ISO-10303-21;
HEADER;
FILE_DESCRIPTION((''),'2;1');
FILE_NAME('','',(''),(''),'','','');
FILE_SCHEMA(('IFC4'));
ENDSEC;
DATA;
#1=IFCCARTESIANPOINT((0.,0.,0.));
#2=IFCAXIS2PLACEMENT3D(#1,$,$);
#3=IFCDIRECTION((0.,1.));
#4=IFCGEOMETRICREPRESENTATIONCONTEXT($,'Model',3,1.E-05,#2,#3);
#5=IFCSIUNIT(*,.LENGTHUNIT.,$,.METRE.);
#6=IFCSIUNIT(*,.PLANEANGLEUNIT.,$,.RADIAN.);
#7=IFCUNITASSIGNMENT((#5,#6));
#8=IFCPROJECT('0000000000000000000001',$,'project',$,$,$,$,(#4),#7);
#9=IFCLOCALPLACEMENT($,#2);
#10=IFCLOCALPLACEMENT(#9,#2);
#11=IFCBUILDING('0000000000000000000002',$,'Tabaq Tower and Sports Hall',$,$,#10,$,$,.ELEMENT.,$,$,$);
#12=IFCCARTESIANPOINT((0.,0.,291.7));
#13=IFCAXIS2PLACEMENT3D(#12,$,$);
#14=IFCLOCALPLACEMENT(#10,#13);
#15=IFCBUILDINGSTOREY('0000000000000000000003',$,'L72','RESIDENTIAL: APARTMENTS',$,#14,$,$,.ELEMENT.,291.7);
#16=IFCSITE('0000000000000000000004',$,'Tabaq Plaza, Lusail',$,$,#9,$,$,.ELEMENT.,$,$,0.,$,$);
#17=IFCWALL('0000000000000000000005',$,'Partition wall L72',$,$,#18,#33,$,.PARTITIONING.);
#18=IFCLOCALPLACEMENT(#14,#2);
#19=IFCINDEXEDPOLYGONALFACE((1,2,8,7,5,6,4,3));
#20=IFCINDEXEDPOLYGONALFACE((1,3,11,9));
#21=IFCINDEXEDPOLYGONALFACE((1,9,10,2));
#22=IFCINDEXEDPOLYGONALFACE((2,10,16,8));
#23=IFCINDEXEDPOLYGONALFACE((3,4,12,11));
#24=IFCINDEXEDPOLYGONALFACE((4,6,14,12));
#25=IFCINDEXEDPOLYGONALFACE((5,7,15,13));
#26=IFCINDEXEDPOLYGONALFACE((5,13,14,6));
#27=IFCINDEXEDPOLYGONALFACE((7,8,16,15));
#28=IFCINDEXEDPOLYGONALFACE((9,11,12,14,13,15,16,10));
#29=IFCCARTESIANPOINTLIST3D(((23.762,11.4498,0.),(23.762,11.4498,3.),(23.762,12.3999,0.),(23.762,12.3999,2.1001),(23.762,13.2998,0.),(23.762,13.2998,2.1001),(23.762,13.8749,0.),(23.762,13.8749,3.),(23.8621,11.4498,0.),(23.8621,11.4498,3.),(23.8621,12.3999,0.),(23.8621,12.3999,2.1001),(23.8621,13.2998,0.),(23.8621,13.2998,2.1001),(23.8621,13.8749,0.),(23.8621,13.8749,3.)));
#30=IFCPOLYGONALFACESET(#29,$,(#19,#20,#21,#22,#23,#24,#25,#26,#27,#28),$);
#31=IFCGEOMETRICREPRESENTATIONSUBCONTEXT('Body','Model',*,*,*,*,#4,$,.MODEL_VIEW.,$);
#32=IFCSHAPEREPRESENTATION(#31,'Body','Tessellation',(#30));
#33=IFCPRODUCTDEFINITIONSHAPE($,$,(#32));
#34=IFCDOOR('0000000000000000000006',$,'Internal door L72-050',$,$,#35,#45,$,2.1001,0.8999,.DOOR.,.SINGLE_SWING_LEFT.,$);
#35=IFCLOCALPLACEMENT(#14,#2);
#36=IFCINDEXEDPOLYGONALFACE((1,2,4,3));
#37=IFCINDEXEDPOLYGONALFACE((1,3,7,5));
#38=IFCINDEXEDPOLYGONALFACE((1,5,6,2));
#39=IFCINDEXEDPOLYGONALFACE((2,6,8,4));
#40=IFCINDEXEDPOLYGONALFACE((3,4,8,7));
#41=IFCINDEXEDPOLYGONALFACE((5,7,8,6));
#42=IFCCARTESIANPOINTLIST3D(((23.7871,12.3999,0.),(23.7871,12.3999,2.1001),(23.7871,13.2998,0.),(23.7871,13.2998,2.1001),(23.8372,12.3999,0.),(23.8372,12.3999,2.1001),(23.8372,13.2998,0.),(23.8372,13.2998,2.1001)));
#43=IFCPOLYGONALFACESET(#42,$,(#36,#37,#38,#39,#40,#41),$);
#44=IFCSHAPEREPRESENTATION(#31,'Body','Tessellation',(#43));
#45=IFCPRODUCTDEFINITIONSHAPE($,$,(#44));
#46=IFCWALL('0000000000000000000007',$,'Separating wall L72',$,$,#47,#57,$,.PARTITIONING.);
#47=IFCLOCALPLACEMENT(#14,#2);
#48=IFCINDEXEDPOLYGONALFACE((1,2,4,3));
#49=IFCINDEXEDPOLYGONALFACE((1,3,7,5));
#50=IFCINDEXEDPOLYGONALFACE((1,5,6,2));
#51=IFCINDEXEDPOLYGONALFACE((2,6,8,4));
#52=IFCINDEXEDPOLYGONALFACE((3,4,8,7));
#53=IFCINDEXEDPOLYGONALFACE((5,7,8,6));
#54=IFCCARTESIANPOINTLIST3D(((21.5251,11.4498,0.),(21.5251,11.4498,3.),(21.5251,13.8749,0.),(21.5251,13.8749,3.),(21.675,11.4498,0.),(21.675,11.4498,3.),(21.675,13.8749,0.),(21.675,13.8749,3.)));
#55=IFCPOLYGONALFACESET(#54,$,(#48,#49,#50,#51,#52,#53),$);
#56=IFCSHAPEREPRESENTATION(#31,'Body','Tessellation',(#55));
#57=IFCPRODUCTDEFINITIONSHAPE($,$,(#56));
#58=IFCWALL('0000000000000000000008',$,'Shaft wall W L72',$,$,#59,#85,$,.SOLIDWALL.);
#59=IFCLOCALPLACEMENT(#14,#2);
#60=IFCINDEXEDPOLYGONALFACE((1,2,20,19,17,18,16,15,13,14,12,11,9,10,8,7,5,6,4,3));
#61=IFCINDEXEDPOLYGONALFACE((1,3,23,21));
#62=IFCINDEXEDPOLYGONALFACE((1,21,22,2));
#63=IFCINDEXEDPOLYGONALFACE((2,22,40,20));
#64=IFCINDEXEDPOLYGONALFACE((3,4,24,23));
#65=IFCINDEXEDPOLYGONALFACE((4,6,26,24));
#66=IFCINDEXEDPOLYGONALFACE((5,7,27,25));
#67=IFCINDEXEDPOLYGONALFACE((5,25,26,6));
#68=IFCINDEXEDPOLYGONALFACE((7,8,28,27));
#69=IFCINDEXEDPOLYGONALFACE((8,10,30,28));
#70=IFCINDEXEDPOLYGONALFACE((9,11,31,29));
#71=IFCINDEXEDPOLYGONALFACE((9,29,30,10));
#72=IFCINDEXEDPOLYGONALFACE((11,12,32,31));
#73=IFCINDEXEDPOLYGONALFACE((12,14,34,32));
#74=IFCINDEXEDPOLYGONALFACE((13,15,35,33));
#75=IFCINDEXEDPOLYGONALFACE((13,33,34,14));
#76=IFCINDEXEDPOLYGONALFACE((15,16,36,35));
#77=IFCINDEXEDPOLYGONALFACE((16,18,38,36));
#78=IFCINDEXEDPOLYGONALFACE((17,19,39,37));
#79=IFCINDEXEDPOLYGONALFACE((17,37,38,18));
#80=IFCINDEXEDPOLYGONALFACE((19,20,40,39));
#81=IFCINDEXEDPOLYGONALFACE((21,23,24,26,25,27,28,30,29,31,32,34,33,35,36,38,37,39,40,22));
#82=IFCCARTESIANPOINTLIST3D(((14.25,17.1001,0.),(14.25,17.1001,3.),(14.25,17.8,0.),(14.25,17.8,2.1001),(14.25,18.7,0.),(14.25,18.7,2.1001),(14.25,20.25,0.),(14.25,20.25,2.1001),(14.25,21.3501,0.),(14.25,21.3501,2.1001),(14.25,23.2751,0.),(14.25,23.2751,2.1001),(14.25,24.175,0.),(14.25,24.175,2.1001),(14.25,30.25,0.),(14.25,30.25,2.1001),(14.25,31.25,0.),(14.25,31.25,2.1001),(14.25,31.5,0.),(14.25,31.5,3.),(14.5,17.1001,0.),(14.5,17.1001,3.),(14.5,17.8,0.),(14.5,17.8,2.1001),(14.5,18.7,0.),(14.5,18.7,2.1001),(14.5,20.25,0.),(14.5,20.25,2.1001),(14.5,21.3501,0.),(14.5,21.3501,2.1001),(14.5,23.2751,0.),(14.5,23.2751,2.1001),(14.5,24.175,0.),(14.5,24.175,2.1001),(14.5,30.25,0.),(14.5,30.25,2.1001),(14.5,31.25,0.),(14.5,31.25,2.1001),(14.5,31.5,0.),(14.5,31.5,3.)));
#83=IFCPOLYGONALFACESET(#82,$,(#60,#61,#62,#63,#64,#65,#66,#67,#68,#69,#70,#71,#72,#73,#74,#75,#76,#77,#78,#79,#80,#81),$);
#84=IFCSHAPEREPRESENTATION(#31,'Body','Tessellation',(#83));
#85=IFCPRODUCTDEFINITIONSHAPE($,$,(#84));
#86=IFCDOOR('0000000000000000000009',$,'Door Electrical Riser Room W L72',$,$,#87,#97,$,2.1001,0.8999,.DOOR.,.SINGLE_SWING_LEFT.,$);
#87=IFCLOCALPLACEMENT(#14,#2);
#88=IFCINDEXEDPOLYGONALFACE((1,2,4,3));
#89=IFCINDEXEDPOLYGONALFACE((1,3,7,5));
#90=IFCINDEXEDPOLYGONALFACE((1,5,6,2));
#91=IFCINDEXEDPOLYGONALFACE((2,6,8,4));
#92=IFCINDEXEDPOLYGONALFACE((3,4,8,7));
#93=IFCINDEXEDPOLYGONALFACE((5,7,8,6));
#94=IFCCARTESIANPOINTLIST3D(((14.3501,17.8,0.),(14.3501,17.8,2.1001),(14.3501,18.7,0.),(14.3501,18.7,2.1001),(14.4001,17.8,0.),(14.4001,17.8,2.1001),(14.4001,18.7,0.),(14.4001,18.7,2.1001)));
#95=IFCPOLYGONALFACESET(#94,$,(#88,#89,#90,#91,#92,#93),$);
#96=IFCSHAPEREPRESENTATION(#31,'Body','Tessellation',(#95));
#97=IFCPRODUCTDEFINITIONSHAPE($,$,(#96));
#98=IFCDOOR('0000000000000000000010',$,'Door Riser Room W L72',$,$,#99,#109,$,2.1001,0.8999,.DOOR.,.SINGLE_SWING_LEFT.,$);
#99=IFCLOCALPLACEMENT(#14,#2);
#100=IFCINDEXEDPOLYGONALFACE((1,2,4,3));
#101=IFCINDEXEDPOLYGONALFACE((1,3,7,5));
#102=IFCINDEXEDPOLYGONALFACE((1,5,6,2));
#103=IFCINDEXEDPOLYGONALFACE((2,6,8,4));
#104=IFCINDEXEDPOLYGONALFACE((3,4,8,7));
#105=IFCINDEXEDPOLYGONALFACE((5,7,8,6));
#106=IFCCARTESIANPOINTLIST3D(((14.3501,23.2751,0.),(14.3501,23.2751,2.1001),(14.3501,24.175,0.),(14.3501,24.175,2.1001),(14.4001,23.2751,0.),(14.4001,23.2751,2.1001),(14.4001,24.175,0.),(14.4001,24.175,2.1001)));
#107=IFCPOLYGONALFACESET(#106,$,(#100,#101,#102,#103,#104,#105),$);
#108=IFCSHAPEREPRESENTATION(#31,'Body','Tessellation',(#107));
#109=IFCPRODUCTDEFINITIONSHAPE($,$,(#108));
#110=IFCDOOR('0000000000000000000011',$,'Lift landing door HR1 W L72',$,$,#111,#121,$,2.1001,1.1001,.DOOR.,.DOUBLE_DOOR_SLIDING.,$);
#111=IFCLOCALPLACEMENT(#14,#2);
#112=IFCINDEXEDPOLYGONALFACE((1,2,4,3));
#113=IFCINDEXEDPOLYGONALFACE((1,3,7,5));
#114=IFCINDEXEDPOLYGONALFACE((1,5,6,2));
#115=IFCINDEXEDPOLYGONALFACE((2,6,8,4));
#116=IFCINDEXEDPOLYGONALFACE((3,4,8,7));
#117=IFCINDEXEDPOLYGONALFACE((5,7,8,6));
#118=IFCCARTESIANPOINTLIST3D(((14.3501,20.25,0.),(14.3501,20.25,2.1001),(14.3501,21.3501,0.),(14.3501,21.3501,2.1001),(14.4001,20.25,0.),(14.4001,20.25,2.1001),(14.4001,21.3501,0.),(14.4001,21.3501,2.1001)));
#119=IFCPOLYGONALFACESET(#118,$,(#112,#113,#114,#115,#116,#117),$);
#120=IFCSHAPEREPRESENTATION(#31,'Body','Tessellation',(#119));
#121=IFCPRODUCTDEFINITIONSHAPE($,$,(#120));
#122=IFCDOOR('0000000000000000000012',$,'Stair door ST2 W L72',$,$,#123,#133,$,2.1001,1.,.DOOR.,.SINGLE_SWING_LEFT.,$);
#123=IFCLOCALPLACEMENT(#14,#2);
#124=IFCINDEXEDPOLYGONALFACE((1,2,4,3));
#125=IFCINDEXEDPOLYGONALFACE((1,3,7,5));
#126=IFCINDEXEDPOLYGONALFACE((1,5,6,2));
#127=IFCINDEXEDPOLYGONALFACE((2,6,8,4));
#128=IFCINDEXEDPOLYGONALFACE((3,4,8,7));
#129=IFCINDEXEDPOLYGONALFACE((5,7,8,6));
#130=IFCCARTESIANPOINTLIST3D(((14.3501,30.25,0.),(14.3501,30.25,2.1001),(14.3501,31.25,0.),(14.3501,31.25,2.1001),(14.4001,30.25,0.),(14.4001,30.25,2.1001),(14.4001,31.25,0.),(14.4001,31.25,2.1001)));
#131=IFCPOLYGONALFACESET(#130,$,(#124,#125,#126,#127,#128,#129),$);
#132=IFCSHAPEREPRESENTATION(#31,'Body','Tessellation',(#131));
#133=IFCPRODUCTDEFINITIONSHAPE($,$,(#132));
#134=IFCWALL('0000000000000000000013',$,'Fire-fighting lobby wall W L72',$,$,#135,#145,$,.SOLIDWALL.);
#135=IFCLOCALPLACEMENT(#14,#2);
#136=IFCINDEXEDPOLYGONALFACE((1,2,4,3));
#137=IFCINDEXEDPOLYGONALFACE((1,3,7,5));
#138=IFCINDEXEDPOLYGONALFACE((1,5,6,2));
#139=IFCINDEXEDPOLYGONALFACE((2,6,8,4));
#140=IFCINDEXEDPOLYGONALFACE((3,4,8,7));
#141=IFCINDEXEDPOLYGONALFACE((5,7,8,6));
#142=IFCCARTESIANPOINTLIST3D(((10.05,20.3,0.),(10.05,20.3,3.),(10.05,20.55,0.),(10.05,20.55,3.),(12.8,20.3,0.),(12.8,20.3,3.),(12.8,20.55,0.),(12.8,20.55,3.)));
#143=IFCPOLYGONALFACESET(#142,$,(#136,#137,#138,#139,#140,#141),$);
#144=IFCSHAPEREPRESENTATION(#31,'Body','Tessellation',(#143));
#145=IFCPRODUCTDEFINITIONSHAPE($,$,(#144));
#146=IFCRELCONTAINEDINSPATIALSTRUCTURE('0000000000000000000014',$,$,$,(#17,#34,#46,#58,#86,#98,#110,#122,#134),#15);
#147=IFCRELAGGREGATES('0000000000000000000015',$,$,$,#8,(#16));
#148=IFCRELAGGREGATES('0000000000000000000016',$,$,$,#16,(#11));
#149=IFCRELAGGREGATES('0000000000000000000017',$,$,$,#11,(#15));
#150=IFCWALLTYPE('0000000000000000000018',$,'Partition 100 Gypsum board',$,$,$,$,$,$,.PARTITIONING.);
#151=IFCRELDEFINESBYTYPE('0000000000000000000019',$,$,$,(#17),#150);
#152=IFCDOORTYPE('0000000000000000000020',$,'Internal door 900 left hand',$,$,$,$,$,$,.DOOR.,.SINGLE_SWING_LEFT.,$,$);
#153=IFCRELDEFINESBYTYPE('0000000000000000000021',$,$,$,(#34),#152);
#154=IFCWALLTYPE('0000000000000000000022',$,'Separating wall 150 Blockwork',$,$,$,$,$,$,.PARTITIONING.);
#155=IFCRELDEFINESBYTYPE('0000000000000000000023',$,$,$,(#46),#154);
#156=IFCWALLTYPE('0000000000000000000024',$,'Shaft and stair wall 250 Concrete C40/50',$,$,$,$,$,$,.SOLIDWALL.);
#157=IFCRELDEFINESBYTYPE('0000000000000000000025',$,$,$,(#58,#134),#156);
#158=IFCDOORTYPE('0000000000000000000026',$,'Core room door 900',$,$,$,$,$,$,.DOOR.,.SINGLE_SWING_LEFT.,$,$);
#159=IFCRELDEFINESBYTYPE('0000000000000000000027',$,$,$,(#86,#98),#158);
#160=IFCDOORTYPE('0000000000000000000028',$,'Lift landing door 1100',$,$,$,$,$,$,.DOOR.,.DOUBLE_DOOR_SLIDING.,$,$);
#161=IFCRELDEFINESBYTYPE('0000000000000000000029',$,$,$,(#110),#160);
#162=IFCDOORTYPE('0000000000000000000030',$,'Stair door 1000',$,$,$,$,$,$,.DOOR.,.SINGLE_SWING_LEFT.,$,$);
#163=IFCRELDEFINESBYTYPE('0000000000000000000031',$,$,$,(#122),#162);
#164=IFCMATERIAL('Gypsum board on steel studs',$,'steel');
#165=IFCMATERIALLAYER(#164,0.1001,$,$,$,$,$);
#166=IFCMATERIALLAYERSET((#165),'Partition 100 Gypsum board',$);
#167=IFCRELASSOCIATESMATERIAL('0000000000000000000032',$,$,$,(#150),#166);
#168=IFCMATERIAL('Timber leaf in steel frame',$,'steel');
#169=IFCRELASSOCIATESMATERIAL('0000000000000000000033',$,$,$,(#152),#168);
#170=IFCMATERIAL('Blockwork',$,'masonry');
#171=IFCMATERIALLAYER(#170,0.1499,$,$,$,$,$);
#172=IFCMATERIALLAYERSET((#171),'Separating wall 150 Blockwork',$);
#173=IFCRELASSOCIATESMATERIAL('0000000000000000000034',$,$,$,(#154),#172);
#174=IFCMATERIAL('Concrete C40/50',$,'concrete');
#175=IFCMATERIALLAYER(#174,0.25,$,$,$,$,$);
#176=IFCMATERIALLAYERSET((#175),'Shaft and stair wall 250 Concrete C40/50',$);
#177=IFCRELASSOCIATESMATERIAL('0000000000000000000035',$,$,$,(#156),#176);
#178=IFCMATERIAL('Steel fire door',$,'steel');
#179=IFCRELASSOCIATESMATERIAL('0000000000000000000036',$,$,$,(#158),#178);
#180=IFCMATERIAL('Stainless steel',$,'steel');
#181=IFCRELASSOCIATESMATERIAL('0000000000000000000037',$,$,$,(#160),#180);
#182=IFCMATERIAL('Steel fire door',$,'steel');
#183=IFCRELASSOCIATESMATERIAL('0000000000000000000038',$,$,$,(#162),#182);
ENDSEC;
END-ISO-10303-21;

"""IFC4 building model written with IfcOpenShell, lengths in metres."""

from ifc_helpers import new_model, si_unit, direction, frame, frame_2d, origin, place, context, subcontext, project, spatial, rectangle, extrude, material, layer, layer_set, type_object, element, fill, save


model = new_model("IFC4")

# Units and contexts
model_context = context("Model", 3, precision=1e-05, world=origin(), true_north=direction((0.0, 1.0)))
body_context = subcontext(model_context, "Body", "Model", "MODEL_VIEW")
ifc_project = project(units=[si_unit("LENGTHUNIT", "METRE"), si_unit("PLANEANGLEUNIT", "RADIAN")], contexts=[model_context])

# Site, building, storey
site_placement = place(None, origin())
site = spatial("IfcSite", under=ifc_project, at=site_placement, Name="Tabaq Plaza, Lusail", CompositionType="ELEMENT", RefElevation=0.0)
building_placement = place(site_placement, origin())
building = spatial("IfcBuilding", under=site, at=building_placement, Name="Tabaq Tower and Sports Hall", CompositionType="ELEMENT")
storey_placement = place(building_placement, frame((0.0, 0.0, 291.7)))
storey = spatial("IfcBuildingStorey", under=building, at=storey_placement, Name="L72", Description="RESIDENTIAL: APARTMENTS", CompositionType="ELEMENT", Elevation=291.7)

# Shared definitions
ifc_material_1 = material(Name="Gypsum board on steel studs", Category="steel")
ifc_layer_1 = layer(ifc_material_1, 0.1001)
ifc_layer_set_1 = layer_set([ifc_layer_1], Name="Partition 100 Gypsum board")
wall_type_1 = type_object("IfcWallType", Name="Partition 100 Gypsum board", PredefinedType="PARTITIONING", material=ifc_layer_set_1)

# Wall, opening, door
wall_1_placement = place(storey_placement, frame((23.812, 11.45, 0.0), z_axis=(0.0, 0.0, 1.0), x_axis=(0.0, 1.0, 0.0)))
wall_1 = element("IfcWall", 1, at=wall_1_placement, inside=storey, type_object=wall_type_1, Name="Partition wall L72", PredefinedType="PARTITIONING", context=body_context, shape_type="SweptSolid", body=[
    extrude(rectangle(XDim=2.425, YDim=0.1001, at=frame_2d((1.2124, 0.0))), origin(), (0.0, 0.0, 1.0), 3.0),
])
opening_1_placement = place(wall_1_placement, frame((0.95, 0.0, 0.0)))
opening_1 = element("IfcOpeningElement", 2, at=opening_1_placement, cuts=wall_1, PredefinedType="OPENING", context=body_context, shape_type="SweptSolid", body=[
    extrude(rectangle(XDim=0.8999, YDim=2.1001, at=frame_2d((0.45, 1.05))), frame((0.0, 0.05, 0.0), z_axis=(0.0, -1.0, 0.0), x_axis=(1.0, 0.0, 0.0)), (0.0, 0.0, 1.0), 0.1001),
])
ifc_material_2 = material(Name="Timber leaf in steel frame", Category="steel")
door_type_1 = type_object("IfcDoorType", Name="Internal door 900 left hand", OperationType="SINGLE_SWING_LEFT", PredefinedType="DOOR", material=ifc_material_2)
door_1_placement = place(opening_1_placement, origin())
door_1 = element("IfcDoor", 3, at=door_1_placement, inside=storey, type_object=door_type_1, Name="Internal door L72-050", OperationType="SINGLE_SWING_LEFT", OverallHeight=2.1001, OverallWidth=0.8999, PredefinedType="DOOR", context=body_context, shape_type="SweptSolid", body=[
    extrude(rectangle(XDim=0.8999, YDim=2.1001, at=frame_2d((0.45, 1.05))), frame((0.0, 0.0249, 0.0), z_axis=(0.0, -1.0, 0.0), x_axis=(1.0, 0.0, 0.0)), (0.0, 0.0, 1.0), 0.05),
])
fill(opening_1, door_1)

# Wall
ifc_material_3 = material(Name="Blockwork", Category="masonry")
ifc_layer_2 = layer(ifc_material_3, 0.1499)
ifc_layer_set_2 = layer_set([ifc_layer_2], Name="Separating wall 150 Blockwork")
wall_type_2 = type_object("IfcWallType", Name="Separating wall 150 Blockwork", PredefinedType="PARTITIONING", material=ifc_layer_set_2)
wall_2_placement = place(storey_placement, frame((21.6001, 11.45, 0.0), z_axis=(0.0, 0.0, 1.0), x_axis=(0.0, 1.0, 0.0)))
element("IfcWall", 4, at=wall_2_placement, inside=storey, type_object=wall_type_2, Name="Separating wall L72", PredefinedType="PARTITIONING", context=body_context, shape_type="SweptSolid", body=[
    extrude(rectangle(XDim=2.425, YDim=0.1499, at=frame_2d((1.2124, 0.0))), origin(), (0.0, 0.0, 1.0), 3.0),
])

# Wall, openings, doors
ifc_material_4 = material(Name="Concrete C40/50", Category="concrete")
ifc_layer_3 = layer(ifc_material_4, 0.25)
ifc_layer_set_3 = layer_set([ifc_layer_3], Name="Shaft and stair wall 250 Concrete C40/50")
wall_type_3 = type_object("IfcWallType", Name="Shaft and stair wall 250 Concrete C40/50", PredefinedType="SOLIDWALL", material=ifc_layer_set_3)
wall_3_placement = place(storey_placement, frame((14.375, 17.1001, 0.0), z_axis=(0.0, 0.0, 1.0), x_axis=(0.0, 1.0, 0.0)))
wall_3 = element("IfcWall", 5, at=wall_3_placement, inside=storey, type_object=wall_type_3, Name="Shaft wall W L72", PredefinedType="SOLIDWALL", context=body_context, shape_type="SweptSolid", body=[
    extrude(rectangle(XDim=14.3999, YDim=0.25, at=frame_2d((7.2, 0.0))), origin(), (0.0, 0.0, 1.0), 3.0),
])
opening_2_placement = place(wall_3_placement, frame((13.1499, 0.0, 0.0)))
opening_2 = element("IfcOpeningElement", 6, at=opening_2_placement, cuts=wall_3, PredefinedType="OPENING", context=body_context, shape_type="SweptSolid", body=[
    extrude(rectangle(XDim=1.0, YDim=2.1001, at=frame_2d((0.5, 1.05))), frame((0.0, 0.125, 0.0), z_axis=(0.0, -1.0, 0.0), x_axis=(1.0, 0.0, 0.0)), (0.0, 0.0, 1.0), 0.25),
])
opening_3_placement = place(wall_3_placement, frame((3.1499, 0.0, 0.0)))
opening_3 = element("IfcOpeningElement", 7, at=opening_3_placement, cuts=wall_3, PredefinedType="OPENING", context=body_context, shape_type="SweptSolid", body=[
    extrude(rectangle(XDim=1.1001, YDim=2.1001, at=frame_2d((0.55, 1.05))), frame((0.0, 0.125, 0.0), z_axis=(0.0, -1.0, 0.0), x_axis=(1.0, 0.0, 0.0)), (0.0, 0.0, 1.0), 0.25),
])
opening_4_placement = place(wall_3_placement, frame((0.7, 0.0, 0.0)))
opening_4 = element("IfcOpeningElement", 8, at=opening_4_placement, cuts=wall_3, PredefinedType="OPENING", context=body_context, shape_type="SweptSolid", body=[
    extrude(rectangle(XDim=0.8999, YDim=2.1001, at=frame_2d((0.45, 1.05))), frame((0.0, 0.125, 0.0), z_axis=(0.0, -1.0, 0.0), x_axis=(1.0, 0.0, 0.0)), (0.0, 0.0, 1.0), 0.25),
])
opening_5_placement = place(wall_3_placement, frame((6.175, 0.0, 0.0)))
opening_5 = element("IfcOpeningElement", 9, at=opening_5_placement, cuts=wall_3, PredefinedType="OPENING", context=body_context, shape_type="SweptSolid", body=[
    extrude(rectangle(XDim=0.8999, YDim=2.1001, at=frame_2d((0.45, 1.05))), frame((0.0, 0.125, 0.0), z_axis=(0.0, -1.0, 0.0), x_axis=(1.0, 0.0, 0.0)), (0.0, 0.0, 1.0), 0.25),
])
ifc_material_5 = material(Name="Steel fire door", Category="steel")
door_type_2 = type_object("IfcDoorType", Name="Core room door 900", OperationType="SINGLE_SWING_LEFT", PredefinedType="DOOR", material=ifc_material_5)
door_2_placement = place(opening_4_placement, origin())
door_2 = element("IfcDoor", 10, at=door_2_placement, inside=storey, type_object=door_type_2, Name="Door Electrical Riser Room W L72", OperationType="SINGLE_SWING_LEFT", OverallHeight=2.1001, OverallWidth=0.8999, PredefinedType="DOOR", context=body_context, shape_type="SweptSolid", body=[
    extrude(rectangle(XDim=0.8999, YDim=2.1001, at=frame_2d((0.45, 1.05))), frame((0.0, 0.0249, 0.0), z_axis=(0.0, -1.0, 0.0), x_axis=(1.0, 0.0, 0.0)), (0.0, 0.0, 1.0), 0.05),
])
fill(opening_4, door_2)
door_3_placement = place(opening_5_placement, origin())
door_3 = element("IfcDoor", 11, at=door_3_placement, inside=storey, type_object=door_type_2, Name="Door Riser Room W L72", OperationType="SINGLE_SWING_LEFT", OverallHeight=2.1001, OverallWidth=0.8999, PredefinedType="DOOR", context=body_context, shape_type="SweptSolid", body=[
    extrude(rectangle(XDim=0.8999, YDim=2.1001, at=frame_2d((0.45, 1.05))), frame((0.0, 0.0249, 0.0), z_axis=(0.0, -1.0, 0.0), x_axis=(1.0, 0.0, 0.0)), (0.0, 0.0, 1.0), 0.05),
])
fill(opening_5, door_3)
ifc_material_6 = material(Name="Stainless steel", Category="steel")
door_type_3 = type_object("IfcDoorType", Name="Lift landing door 1100", OperationType="DOUBLE_DOOR_SLIDING", PredefinedType="DOOR", material=ifc_material_6)
door_4_placement = place(opening_3_placement, origin())
door_4 = element("IfcDoor", 12, at=door_4_placement, inside=storey, type_object=door_type_3, Name="Lift landing door HR1 W L72", OperationType="DOUBLE_DOOR_SLIDING", OverallHeight=2.1001, OverallWidth=1.1001, PredefinedType="DOOR", context=body_context, shape_type="SweptSolid", body=[
    extrude(rectangle(XDim=1.1001, YDim=2.1001, at=frame_2d((0.55, 1.05))), frame((0.0, 0.0249, 0.0), z_axis=(0.0, -1.0, 0.0), x_axis=(1.0, 0.0, 0.0)), (0.0, 0.0, 1.0), 0.05),
])
fill(opening_3, door_4)
ifc_material_7 = material(Name="Steel fire door", Category="steel")
door_type_4 = type_object("IfcDoorType", Name="Stair door 1000", OperationType="SINGLE_SWING_LEFT", PredefinedType="DOOR", material=ifc_material_7)
door_5_placement = place(opening_2_placement, origin())
door_5 = element("IfcDoor", 13, at=door_5_placement, inside=storey, type_object=door_type_4, Name="Stair door ST2 W L72", OperationType="SINGLE_SWING_LEFT", OverallHeight=2.1001, OverallWidth=1.0, PredefinedType="DOOR", context=body_context, shape_type="SweptSolid", body=[
    extrude(rectangle(XDim=1.0, YDim=2.1001, at=frame_2d((0.5, 1.05))), frame((0.0, 0.0249, 0.0), z_axis=(0.0, -1.0, 0.0), x_axis=(1.0, 0.0, 0.0)), (0.0, 0.0, 1.0), 0.05),
])
fill(opening_2, door_5)

# Wall
wall_4_placement = place(storey_placement, frame((10.05, 20.425, 0.0), z_axis=(0.0, 0.0, 1.0), x_axis=(1.0, 0.0, 0.0)))
element("IfcWall", 14, at=wall_4_placement, inside=storey, type_object=wall_type_3, Name="Fire-fighting lobby wall W L72", PredefinedType="SOLIDWALL", context=body_context, shape_type="SweptSolid", body=[
    extrude(rectangle(XDim=2.75, YDim=0.25, at=frame_2d((1.375, 0.0))), origin(), (0.0, 0.0, 1.0), 3.0),
])

save(model, "model.ifc")
